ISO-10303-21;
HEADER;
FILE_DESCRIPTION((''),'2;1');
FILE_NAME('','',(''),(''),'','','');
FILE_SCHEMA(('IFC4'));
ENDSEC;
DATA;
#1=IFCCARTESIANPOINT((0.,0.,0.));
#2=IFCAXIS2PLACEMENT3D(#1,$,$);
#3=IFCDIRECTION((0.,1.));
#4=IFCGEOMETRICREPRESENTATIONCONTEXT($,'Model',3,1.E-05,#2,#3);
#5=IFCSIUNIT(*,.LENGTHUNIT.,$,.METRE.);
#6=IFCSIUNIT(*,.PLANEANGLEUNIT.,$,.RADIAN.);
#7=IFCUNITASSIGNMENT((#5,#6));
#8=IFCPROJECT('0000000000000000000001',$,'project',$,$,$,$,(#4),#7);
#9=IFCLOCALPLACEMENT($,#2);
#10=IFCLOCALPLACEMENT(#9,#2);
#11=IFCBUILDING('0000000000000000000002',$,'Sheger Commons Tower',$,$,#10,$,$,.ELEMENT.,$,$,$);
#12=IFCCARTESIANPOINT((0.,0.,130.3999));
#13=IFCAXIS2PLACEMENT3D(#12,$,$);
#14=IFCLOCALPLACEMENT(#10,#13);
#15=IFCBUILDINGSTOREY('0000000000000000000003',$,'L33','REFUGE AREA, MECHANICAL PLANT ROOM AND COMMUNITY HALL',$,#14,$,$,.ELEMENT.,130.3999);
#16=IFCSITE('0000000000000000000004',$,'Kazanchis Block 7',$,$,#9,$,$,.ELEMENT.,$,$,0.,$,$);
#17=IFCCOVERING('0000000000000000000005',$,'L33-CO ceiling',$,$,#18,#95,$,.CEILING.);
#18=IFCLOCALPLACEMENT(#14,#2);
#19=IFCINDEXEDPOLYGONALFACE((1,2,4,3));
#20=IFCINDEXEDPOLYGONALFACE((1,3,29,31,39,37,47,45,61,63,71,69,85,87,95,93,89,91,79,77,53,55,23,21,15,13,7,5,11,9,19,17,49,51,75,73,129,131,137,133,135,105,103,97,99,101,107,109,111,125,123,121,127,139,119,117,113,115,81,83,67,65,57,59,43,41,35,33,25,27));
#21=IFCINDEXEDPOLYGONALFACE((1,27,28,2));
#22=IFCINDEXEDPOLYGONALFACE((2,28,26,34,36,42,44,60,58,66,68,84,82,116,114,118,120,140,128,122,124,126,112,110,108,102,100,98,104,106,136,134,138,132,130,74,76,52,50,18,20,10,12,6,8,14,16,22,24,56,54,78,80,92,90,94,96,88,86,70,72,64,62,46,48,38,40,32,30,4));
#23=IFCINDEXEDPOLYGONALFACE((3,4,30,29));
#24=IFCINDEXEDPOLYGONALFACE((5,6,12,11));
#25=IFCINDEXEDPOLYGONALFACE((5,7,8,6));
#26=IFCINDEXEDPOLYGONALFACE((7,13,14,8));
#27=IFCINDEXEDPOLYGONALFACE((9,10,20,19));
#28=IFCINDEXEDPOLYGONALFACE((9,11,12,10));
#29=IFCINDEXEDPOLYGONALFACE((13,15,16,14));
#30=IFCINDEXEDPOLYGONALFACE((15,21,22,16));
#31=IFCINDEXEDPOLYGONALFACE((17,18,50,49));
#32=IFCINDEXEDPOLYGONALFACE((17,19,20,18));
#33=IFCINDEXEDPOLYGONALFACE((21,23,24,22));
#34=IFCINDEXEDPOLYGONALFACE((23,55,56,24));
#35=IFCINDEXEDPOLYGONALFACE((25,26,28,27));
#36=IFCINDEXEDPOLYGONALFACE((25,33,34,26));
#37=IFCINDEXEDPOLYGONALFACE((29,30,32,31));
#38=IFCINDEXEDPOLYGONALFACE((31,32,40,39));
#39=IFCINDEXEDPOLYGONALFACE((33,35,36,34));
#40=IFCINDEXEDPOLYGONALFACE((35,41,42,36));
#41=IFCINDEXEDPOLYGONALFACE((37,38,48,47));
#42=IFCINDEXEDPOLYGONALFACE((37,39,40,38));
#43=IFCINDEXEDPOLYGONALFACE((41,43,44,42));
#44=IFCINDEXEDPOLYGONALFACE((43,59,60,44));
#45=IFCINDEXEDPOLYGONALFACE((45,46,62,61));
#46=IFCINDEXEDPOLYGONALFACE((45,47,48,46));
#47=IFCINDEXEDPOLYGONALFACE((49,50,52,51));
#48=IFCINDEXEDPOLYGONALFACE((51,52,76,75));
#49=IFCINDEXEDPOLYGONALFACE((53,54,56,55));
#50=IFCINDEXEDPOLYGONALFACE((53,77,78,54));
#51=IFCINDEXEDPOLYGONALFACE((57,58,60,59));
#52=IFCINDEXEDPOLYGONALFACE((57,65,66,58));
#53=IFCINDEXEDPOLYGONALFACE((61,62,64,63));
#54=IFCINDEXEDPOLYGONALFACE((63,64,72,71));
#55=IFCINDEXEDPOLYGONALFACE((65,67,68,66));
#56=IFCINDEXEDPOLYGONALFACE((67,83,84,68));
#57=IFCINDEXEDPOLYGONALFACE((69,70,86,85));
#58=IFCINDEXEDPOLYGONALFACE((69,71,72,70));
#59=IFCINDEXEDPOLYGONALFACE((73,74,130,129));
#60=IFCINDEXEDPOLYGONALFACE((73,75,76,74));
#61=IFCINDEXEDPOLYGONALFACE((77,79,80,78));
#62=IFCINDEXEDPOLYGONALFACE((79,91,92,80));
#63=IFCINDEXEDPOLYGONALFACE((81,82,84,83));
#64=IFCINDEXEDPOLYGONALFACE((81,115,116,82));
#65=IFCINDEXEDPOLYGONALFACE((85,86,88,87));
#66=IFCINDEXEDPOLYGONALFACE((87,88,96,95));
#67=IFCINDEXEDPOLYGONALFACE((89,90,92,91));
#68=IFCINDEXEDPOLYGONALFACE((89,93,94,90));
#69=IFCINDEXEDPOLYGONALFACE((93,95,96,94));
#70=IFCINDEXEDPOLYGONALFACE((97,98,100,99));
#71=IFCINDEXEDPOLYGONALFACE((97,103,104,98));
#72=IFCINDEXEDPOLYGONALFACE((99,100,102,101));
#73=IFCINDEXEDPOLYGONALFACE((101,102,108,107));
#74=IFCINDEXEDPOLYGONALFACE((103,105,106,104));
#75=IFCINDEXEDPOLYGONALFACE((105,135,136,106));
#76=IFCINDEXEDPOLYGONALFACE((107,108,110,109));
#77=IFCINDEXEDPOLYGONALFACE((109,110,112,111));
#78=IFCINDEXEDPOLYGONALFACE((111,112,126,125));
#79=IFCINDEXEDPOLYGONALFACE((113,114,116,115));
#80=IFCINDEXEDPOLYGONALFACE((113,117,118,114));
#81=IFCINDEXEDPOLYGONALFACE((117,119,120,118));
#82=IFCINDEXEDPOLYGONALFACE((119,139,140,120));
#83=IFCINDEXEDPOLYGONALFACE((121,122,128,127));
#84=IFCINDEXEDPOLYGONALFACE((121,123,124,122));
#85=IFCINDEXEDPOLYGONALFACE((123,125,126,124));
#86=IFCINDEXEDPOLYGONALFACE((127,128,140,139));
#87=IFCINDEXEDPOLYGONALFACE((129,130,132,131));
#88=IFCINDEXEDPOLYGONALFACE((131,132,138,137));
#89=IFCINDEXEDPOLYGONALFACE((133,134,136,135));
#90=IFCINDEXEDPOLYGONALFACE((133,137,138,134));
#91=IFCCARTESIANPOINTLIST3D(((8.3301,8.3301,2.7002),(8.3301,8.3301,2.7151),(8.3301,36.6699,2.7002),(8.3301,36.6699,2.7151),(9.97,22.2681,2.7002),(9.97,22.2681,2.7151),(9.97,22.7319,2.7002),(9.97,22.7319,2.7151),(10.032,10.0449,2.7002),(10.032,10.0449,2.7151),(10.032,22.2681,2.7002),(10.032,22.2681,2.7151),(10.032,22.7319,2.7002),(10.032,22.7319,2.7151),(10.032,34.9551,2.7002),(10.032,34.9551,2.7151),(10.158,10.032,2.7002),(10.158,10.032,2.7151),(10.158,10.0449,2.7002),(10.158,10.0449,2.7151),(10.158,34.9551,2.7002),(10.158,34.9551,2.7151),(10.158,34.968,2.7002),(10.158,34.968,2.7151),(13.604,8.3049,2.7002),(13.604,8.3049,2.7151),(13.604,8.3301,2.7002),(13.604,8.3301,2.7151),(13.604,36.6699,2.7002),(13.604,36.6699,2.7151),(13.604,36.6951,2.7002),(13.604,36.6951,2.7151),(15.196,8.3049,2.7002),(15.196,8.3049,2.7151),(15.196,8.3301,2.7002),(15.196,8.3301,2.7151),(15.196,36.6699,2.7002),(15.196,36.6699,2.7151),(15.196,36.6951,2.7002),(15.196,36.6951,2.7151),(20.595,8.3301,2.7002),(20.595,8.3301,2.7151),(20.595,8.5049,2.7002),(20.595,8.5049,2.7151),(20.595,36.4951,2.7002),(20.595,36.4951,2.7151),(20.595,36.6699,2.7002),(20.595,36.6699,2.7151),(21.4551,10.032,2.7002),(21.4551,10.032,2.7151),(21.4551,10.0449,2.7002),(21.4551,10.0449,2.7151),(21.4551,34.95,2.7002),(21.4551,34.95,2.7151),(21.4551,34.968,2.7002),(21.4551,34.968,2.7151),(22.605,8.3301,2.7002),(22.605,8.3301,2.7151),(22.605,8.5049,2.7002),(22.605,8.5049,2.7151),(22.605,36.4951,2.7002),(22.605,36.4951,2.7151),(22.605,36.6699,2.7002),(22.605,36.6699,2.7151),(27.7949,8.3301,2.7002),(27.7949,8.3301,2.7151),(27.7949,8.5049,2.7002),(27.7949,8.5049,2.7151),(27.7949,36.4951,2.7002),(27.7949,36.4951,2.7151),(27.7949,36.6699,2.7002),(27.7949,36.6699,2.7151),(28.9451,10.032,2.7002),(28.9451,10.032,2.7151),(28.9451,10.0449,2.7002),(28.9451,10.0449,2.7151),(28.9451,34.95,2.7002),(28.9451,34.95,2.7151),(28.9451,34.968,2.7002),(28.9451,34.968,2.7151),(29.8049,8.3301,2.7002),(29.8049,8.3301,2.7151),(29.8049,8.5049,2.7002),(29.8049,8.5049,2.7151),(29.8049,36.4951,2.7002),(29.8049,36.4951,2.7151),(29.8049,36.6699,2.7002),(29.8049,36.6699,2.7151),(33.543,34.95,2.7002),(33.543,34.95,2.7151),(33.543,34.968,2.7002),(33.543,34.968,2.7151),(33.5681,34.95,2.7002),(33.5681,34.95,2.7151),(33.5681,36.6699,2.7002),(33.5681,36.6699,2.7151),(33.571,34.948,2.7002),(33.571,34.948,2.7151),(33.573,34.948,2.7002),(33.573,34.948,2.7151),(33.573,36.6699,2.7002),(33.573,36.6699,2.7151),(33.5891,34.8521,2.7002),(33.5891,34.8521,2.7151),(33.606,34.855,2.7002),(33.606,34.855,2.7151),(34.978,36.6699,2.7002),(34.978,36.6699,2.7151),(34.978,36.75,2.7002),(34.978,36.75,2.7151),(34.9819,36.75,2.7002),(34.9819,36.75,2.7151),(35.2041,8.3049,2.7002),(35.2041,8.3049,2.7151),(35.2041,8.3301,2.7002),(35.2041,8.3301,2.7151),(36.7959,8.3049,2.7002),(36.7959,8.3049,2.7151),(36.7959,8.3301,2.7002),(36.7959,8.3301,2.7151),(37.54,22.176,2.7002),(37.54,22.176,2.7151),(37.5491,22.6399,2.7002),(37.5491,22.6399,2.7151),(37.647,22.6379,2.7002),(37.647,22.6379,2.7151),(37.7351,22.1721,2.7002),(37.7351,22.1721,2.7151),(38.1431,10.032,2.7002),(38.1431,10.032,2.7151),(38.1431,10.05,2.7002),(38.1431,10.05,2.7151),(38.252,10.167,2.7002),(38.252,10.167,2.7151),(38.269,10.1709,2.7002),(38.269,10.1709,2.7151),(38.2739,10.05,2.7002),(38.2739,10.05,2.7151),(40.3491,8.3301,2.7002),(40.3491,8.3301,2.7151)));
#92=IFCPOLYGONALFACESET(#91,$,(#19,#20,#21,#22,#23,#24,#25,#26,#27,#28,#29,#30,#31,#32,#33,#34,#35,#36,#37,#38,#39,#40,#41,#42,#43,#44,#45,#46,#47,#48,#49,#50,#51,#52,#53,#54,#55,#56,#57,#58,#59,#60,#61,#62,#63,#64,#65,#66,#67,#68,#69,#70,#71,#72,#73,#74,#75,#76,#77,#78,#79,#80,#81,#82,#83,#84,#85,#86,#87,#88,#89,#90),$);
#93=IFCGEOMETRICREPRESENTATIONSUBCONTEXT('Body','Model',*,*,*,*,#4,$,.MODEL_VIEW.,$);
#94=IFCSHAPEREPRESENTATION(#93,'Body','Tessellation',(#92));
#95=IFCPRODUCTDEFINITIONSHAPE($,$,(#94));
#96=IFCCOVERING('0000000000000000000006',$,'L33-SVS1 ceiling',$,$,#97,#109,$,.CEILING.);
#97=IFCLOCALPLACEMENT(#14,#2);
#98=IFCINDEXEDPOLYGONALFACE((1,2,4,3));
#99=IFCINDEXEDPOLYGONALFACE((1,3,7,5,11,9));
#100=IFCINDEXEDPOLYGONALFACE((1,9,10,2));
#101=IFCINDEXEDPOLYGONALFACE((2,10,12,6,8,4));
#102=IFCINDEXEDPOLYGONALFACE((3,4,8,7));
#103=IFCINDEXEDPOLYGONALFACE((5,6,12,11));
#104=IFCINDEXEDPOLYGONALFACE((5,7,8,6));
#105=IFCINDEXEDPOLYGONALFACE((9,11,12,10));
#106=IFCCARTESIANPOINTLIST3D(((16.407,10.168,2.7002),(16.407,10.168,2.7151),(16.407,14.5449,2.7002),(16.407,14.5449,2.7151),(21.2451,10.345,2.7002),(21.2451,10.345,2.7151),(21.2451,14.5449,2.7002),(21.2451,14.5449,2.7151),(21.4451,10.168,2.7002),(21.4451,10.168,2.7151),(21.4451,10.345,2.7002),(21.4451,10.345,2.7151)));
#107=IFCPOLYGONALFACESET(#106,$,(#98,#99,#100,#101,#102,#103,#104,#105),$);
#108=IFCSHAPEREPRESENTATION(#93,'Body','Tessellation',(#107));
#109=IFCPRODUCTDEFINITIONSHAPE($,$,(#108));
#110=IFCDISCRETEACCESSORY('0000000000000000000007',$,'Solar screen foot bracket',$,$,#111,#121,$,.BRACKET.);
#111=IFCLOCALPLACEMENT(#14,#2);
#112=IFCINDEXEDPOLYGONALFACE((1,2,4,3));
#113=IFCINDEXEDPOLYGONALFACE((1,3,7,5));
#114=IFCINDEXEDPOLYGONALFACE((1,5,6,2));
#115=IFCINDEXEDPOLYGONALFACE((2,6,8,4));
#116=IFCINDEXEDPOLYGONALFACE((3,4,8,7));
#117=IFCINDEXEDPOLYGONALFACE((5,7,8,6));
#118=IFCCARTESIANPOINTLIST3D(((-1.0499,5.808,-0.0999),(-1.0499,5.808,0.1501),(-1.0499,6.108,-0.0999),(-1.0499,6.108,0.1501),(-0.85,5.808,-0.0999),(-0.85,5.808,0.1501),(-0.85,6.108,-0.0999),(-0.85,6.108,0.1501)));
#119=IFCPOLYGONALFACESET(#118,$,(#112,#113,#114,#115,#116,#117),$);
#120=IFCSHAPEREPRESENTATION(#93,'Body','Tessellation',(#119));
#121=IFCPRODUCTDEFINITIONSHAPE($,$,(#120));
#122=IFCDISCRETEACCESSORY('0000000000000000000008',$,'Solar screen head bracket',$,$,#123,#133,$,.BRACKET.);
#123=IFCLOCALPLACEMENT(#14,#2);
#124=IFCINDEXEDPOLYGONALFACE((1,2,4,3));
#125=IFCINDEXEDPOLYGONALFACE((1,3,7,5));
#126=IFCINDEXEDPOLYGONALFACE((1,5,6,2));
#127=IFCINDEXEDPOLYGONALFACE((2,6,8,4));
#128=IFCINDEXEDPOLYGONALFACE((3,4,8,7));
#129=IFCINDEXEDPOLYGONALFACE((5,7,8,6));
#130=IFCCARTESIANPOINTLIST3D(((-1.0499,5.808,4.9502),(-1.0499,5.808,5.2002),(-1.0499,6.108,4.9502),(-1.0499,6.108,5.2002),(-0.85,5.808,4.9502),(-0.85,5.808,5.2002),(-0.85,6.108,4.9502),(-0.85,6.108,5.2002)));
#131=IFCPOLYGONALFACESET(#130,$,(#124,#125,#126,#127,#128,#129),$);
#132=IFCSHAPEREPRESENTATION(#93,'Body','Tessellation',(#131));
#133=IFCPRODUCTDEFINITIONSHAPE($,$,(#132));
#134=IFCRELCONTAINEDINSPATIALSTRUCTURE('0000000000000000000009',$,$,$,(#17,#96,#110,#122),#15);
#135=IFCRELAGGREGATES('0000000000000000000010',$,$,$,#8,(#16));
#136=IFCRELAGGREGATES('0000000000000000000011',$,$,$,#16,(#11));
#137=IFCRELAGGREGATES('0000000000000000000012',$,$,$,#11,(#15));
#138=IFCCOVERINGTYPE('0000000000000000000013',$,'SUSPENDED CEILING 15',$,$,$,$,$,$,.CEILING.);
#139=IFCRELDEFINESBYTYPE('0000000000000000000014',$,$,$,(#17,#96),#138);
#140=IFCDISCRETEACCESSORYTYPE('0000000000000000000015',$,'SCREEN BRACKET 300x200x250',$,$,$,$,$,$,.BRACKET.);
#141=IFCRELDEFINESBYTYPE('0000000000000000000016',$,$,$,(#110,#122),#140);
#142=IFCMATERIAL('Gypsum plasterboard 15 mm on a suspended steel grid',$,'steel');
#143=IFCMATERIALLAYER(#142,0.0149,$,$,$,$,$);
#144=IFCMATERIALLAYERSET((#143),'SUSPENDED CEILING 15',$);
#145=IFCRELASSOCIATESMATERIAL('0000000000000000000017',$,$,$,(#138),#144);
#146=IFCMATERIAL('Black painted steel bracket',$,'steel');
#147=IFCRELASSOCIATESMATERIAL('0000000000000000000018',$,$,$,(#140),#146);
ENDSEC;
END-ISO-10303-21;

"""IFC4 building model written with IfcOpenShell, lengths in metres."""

from ifc_helpers import new_model, si_unit, direction, frame, origin, origin_2d, place, context, subcontext, project, spatial, polyline, rectangle, outline, extrude, material, layer, layer_set, type_object, element, save


model = new_model("IFC4")

# Units and contexts
model_context = context("Model", 3, precision=1e-05, world=origin(), true_north=direction((0.0, 1.0)))
body_context = subcontext(model_context, "Body", "Model", "MODEL_VIEW")
ifc_project = project(units=[si_unit("LENGTHUNIT", "METRE"), si_unit("PLANEANGLEUNIT", "RADIAN")], contexts=[model_context])

# Site, building, storey
site_placement = place(None, origin())
site = spatial("IfcSite", under=ifc_project, at=site_placement, Name="Kazanchis Block 7", CompositionType="ELEMENT", RefElevation=0.0)
building_placement = place(site_placement, origin())
building = spatial("IfcBuilding", under=site, at=building_placement, Name="Sheger Commons Tower", CompositionType="ELEMENT")
storey_placement = place(building_placement, frame((0.0, 0.0, 130.3999)))
storey = spatial("IfcBuildingStorey", under=building, at=storey_placement, Name="L33", Description="REFUGE AREA, MECHANICAL PLANT ROOM AND COMMUNITY HALL", CompositionType="ELEMENT", Elevation=130.3999)

# Coverings
ifc_material_1 = material(Name="Gypsum plasterboard 15 mm on a suspended steel grid", Category="steel")
ifc_layer_1 = layer(ifc_material_1, 0.0149)
ifc_layer_set_1 = layer_set([ifc_layer_1], Name="SUSPENDED CEILING 15")
covering_type_1 = type_object("IfcCoveringType", Name="SUSPENDED CEILING 15", PredefinedType="CEILING", material=ifc_layer_set_1)
covering_1_placement = place(storey_placement, frame((0.0, 0.0, 2.7002)))
element("IfcCovering", 1, at=covering_1_placement, inside=storey, type_object=covering_type_1, Name="L33-CO ceiling", PredefinedType="CEILING", context=body_context, shape_type="SweptSolid", body=[
    extrude(outline(polyline([(13.604, 8.3049), (15.196, 8.3049), (15.196, 8.3301), (20.595, 8.3301), (20.595, 8.5049), (22.605, 8.5049), (22.605, 8.3301), (27.7949, 8.3301), (27.7949, 8.5049), (29.8049, 8.5049), (29.8049, 8.3301), (35.2041, 8.3301), (35.2041, 8.3049), (36.7959, 8.3049), (36.7959, 8.3301), (40.3491, 8.3301), (37.7351, 22.1721), (37.54, 22.176), (37.5491, 22.6399), (37.647, 22.6379), (34.9819, 36.75), (34.978, 36.75), (34.978, 36.6699), (33.573, 36.6699), (33.573, 34.948), (33.571, 34.948), (33.5891, 34.8521), (33.606, 34.855), (38.269, 10.1709), (38.252, 10.167), (38.2739, 10.05), (38.1431, 10.05), (38.1431, 10.032), (28.9451, 10.032), (28.9451, 10.0449), (21.4551, 10.0449), (21.4551, 10.032), (10.158, 10.032), (10.158, 10.0449), (10.032, 10.0449), (10.032, 22.2681), (9.97, 22.2681), (9.97, 22.7319), (10.032, 22.7319), (10.032, 34.9551), (10.158, 34.9551), (10.158, 34.968), (21.4551, 34.968), (21.4551, 34.95), (28.9451, 34.95), (28.9451, 34.968), (33.543, 34.968), (33.543, 34.95), (33.5681, 34.95), (33.5681, 36.6699), (29.8049, 36.6699), (29.8049, 36.4951), (27.7949, 36.4951), (27.7949, 36.6699), (22.605, 36.6699), (22.605, 36.4951), (20.595, 36.4951), (20.595, 36.6699), (15.196, 36.6699), (15.196, 36.6951), (13.604, 36.6951), (13.604, 36.6699), (8.3301, 36.6699), (8.3301, 8.3301), (13.604, 8.3301), (13.604, 8.3049)])), origin(), (0.0, 0.0, 1.0), 0.0149),
])
covering_2_placement = place(storey_placement, frame((0.0, 0.0, 2.7002)))
element("IfcCovering", 2, at=covering_2_placement, inside=storey, type_object=covering_type_1, Name="L33-SVS1 ceiling", PredefinedType="CEILING", context=body_context, shape_type="SweptSolid", body=[
    extrude(outline(polyline([(16.407, 10.168), (21.4451, 10.168), (21.4451, 10.345), (21.2451, 10.345), (21.2451, 14.5449), (16.407, 14.5449), (16.407, 10.168)])), origin(), (0.0, 0.0, 1.0), 0.0149),
])

# Discrete accessories
ifc_material_2 = material(Name="Black painted steel bracket", Category="steel")
discrete_accessory_type = type_object("IfcDiscreteAccessoryType", Name="SCREEN BRACKET 300x200x250", PredefinedType="BRACKET", material=ifc_material_2)
for number, where, z_axis, x_axis, name in (
    (3, (-0.95, 5.958, -0.0999), (0.0, 0.0, 1.0), (0.0, -1.0, 0.0), "Solar screen foot bracket"),
    (4, (-0.95, 5.958, 4.9502), (0.0, 0.0, 1.0), (0.0, -1.0, 0.0), "Solar screen head bracket"),
):
    element("IfcDiscreteAccessory", number, at=place(storey_placement, frame(where, z_axis=z_axis, x_axis=x_axis)), inside=storey, type_object=discrete_accessory_type, Name=name, PredefinedType="BRACKET", context=body_context, shape_type="SweptSolid", body=[
        extrude(rectangle(XDim=0.3, YDim=0.2, at=origin_2d()), origin(), (0.0, 0.0, 1.0), 0.25),
    ])

save(model, "model.ifc")
